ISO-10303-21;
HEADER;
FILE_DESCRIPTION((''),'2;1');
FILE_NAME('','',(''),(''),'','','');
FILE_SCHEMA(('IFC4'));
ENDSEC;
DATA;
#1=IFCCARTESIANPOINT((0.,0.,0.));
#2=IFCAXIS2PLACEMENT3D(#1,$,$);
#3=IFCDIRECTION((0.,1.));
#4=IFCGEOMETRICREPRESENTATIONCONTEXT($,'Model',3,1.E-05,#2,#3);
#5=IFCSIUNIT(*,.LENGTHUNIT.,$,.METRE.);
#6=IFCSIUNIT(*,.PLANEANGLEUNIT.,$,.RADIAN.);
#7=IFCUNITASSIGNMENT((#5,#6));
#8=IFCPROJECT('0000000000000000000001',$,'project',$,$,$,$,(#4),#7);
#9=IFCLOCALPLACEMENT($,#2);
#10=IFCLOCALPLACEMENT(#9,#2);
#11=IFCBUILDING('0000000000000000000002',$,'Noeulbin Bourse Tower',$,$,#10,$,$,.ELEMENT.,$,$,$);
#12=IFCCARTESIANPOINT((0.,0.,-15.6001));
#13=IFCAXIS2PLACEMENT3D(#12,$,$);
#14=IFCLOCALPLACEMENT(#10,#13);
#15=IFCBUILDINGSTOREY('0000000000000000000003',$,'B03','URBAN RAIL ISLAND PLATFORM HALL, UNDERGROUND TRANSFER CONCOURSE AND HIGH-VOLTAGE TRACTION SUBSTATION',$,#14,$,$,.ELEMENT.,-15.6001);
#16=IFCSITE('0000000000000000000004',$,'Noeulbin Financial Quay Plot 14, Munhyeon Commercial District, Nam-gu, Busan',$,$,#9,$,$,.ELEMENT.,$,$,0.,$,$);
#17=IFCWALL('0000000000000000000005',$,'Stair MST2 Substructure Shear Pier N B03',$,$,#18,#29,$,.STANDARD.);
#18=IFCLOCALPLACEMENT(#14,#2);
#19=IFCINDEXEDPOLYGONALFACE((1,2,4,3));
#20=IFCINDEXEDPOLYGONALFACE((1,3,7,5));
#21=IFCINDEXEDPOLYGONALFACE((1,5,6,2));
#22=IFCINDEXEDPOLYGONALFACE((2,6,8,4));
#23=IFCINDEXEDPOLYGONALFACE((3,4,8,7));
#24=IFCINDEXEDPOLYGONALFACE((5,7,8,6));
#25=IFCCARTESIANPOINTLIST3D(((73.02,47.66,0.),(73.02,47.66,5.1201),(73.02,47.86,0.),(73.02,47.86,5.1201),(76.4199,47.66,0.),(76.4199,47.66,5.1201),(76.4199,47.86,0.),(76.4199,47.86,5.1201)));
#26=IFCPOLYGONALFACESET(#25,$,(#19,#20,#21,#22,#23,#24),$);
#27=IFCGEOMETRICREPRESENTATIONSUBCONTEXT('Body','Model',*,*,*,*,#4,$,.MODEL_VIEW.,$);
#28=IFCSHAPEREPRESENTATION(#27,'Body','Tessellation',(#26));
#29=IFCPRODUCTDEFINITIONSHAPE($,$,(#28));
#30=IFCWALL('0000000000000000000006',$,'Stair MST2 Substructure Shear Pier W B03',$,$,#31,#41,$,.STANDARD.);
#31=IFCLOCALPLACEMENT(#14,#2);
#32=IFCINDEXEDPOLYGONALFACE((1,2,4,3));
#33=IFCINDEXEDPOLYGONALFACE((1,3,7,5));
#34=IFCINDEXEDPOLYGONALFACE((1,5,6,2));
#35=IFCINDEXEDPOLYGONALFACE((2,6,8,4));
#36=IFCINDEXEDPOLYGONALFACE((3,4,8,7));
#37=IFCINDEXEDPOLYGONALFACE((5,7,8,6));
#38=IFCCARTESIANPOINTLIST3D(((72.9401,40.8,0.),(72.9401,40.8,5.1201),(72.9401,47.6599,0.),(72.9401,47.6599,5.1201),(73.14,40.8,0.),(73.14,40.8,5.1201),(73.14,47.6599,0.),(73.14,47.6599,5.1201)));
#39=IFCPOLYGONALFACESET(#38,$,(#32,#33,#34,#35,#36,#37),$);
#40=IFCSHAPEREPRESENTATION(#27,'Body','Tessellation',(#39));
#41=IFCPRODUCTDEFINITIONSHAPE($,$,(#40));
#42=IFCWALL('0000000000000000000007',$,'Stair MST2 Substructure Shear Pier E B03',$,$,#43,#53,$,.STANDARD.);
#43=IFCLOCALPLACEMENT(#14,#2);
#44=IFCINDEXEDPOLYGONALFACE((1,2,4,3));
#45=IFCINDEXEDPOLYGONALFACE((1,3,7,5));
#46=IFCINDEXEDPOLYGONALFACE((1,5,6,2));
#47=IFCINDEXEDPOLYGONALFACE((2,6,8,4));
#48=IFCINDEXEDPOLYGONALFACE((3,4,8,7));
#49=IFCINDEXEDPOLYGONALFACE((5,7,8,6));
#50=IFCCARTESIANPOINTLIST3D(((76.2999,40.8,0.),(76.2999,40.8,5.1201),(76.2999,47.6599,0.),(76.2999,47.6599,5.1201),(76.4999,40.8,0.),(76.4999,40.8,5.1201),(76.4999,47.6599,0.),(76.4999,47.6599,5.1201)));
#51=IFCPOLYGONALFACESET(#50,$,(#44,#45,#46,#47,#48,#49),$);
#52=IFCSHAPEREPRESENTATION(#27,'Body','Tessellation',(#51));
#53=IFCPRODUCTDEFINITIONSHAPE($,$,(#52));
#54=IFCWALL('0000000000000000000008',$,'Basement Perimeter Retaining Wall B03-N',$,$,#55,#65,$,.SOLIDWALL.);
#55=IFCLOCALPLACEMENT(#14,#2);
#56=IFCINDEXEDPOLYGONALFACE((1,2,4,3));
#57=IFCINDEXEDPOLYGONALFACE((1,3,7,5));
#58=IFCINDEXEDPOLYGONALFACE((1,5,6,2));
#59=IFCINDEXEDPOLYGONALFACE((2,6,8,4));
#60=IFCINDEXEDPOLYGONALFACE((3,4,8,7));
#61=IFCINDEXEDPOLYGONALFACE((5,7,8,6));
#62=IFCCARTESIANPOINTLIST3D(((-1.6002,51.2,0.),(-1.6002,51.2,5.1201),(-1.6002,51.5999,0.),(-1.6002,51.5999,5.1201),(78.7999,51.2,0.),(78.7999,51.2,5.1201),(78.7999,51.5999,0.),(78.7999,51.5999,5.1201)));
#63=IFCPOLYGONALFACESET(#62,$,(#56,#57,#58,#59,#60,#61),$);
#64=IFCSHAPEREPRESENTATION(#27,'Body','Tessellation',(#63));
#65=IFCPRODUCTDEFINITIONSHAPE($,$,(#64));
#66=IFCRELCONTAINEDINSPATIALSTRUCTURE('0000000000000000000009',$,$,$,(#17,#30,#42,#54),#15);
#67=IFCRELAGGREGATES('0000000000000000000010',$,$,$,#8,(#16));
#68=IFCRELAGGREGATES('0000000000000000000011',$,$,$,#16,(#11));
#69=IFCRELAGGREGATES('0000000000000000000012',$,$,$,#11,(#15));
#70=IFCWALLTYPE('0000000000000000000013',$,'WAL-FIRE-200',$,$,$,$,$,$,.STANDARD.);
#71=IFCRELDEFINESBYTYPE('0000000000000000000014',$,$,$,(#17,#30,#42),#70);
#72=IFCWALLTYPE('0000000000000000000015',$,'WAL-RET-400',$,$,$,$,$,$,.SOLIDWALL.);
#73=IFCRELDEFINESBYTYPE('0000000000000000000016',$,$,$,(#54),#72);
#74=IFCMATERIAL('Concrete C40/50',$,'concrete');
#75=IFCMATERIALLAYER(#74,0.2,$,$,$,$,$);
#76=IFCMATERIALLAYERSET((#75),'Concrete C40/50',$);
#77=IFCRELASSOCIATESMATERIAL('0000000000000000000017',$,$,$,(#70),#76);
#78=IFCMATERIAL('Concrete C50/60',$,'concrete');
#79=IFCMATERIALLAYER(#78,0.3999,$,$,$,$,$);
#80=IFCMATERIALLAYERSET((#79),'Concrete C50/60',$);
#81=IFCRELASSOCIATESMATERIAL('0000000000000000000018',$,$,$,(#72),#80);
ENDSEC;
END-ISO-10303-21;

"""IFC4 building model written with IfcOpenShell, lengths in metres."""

from ifc_helpers import new_model, si_unit, direction, frame, frame_2d, origin, place, context, subcontext, project, spatial, rectangle, extrude, material, layer, layer_set, type_object, element, save


model = new_model("IFC4")

# Units and contexts
model_context = context("Model", 3, precision=1e-05, world=origin(), true_north=direction((0.0, 1.0)))
body_context = subcontext(model_context, "Body", "Model", "MODEL_VIEW")
ifc_project = project(units=[si_unit("LENGTHUNIT", "METRE"), si_unit("PLANEANGLEUNIT", "RADIAN")], contexts=[model_context])

# Site, building, storey
site_placement = place(None, origin())
site = spatial("IfcSite", under=ifc_project, at=site_placement, Name="Noeulbin Financial Quay Plot 14, Munhyeon Commercial District, Nam-gu, Busan", CompositionType="ELEMENT", RefElevation=0.0)
building_placement = place(site_placement, origin())
building = spatial("IfcBuilding", under=site, at=building_placement, Name="Noeulbin Bourse Tower", CompositionType="ELEMENT")
storey_placement = place(building_placement, frame((0.0, 0.0, -15.6001)))
storey = spatial("IfcBuildingStorey", under=building, at=storey_placement, Name="B03", Description="URBAN RAIL ISLAND PLATFORM HALL, UNDERGROUND TRANSFER CONCOURSE AND HIGH-VOLTAGE TRACTION SUBSTATION", CompositionType="ELEMENT", Elevation=-15.6001)

# Shared definitions
ifc_material_1 = material(Name="Concrete C50/60", Category="concrete")

# Shared definitions
ifc_material_2 = material(Name="Concrete C40/50", Category="concrete")

# Walls
ifc_layer_1 = layer(ifc_material_2, 0.2)
ifc_layer_set_1 = layer_set([ifc_layer_1], Name="Concrete C40/50")
wall_type_1 = type_object("IfcWallType", Name="WAL-FIRE-200", PredefinedType="STANDARD", material=ifc_layer_set_1)
wall_1_placement = place(storey_placement, frame((73.02, 47.76, 0.0), z_axis=(0.0, 0.0, 1.0), x_axis=(1.0, 0.0, 0.0)))
element("IfcWall", 1, at=wall_1_placement, inside=storey, type_object=wall_type_1, Name="Stair MST2 Substructure Shear Pier N B03", PredefinedType="STANDARD", context=body_context, shape_type="SweptSolid", body=[
    extrude(rectangle(XDim=3.3999, YDim=0.2, at=frame_2d((1.7, 0.0))), origin(), (0.0, 0.0, 1.0), 5.1201),
])
for number, where, z_axis, x_axis, name in (
    (2, (73.04, 40.8, 0.0), (0.0, 0.0, 1.0), (0.0, 1.0, 0.0), "Stair MST2 Substructure Shear Pier W B03"),
    (3, (76.3999, 40.8, 0.0), (0.0, 0.0, 1.0), (0.0, 1.0, 0.0), "Stair MST2 Substructure Shear Pier E B03"),
):
    element("IfcWall", number, at=place(storey_placement, frame(where, z_axis=z_axis, x_axis=x_axis)), inside=storey, type_object=wall_type_1, Name=name, PredefinedType="STANDARD", context=body_context, shape_type="SweptSolid", body=[
        extrude(rectangle(XDim=6.8599, YDim=0.2, at=frame_2d((3.4299, 0.0))), origin(), (0.0, 0.0, 1.0), 5.1201),
    ])
ifc_layer_2 = layer(ifc_material_1, 0.3999)
ifc_layer_set_2 = layer_set([ifc_layer_2], Name="Concrete C50/60")
wall_type_2 = type_object("IfcWallType", Name="WAL-RET-400", PredefinedType="SOLIDWALL", material=ifc_layer_set_2)
wall_2_placement = place(storey_placement, frame((78.8, 51.3999, 0.0), z_axis=(0.0, 0.0, 1.0), x_axis=(-1.0, 0.0, 0.0)))
element("IfcWall", 4, at=wall_2_placement, inside=storey, type_object=wall_type_2, Name="Basement Perimeter Retaining Wall B03-N", PredefinedType="SOLIDWALL", context=body_context, shape_type="SweptSolid", body=[
    extrude(rectangle(XDim=80.4001, YDim=0.3999, at=frame_2d((40.2002, 0.0))), origin(), (0.0, 0.0, 1.0), 5.1201),
])

save(model, "model.ifc")
